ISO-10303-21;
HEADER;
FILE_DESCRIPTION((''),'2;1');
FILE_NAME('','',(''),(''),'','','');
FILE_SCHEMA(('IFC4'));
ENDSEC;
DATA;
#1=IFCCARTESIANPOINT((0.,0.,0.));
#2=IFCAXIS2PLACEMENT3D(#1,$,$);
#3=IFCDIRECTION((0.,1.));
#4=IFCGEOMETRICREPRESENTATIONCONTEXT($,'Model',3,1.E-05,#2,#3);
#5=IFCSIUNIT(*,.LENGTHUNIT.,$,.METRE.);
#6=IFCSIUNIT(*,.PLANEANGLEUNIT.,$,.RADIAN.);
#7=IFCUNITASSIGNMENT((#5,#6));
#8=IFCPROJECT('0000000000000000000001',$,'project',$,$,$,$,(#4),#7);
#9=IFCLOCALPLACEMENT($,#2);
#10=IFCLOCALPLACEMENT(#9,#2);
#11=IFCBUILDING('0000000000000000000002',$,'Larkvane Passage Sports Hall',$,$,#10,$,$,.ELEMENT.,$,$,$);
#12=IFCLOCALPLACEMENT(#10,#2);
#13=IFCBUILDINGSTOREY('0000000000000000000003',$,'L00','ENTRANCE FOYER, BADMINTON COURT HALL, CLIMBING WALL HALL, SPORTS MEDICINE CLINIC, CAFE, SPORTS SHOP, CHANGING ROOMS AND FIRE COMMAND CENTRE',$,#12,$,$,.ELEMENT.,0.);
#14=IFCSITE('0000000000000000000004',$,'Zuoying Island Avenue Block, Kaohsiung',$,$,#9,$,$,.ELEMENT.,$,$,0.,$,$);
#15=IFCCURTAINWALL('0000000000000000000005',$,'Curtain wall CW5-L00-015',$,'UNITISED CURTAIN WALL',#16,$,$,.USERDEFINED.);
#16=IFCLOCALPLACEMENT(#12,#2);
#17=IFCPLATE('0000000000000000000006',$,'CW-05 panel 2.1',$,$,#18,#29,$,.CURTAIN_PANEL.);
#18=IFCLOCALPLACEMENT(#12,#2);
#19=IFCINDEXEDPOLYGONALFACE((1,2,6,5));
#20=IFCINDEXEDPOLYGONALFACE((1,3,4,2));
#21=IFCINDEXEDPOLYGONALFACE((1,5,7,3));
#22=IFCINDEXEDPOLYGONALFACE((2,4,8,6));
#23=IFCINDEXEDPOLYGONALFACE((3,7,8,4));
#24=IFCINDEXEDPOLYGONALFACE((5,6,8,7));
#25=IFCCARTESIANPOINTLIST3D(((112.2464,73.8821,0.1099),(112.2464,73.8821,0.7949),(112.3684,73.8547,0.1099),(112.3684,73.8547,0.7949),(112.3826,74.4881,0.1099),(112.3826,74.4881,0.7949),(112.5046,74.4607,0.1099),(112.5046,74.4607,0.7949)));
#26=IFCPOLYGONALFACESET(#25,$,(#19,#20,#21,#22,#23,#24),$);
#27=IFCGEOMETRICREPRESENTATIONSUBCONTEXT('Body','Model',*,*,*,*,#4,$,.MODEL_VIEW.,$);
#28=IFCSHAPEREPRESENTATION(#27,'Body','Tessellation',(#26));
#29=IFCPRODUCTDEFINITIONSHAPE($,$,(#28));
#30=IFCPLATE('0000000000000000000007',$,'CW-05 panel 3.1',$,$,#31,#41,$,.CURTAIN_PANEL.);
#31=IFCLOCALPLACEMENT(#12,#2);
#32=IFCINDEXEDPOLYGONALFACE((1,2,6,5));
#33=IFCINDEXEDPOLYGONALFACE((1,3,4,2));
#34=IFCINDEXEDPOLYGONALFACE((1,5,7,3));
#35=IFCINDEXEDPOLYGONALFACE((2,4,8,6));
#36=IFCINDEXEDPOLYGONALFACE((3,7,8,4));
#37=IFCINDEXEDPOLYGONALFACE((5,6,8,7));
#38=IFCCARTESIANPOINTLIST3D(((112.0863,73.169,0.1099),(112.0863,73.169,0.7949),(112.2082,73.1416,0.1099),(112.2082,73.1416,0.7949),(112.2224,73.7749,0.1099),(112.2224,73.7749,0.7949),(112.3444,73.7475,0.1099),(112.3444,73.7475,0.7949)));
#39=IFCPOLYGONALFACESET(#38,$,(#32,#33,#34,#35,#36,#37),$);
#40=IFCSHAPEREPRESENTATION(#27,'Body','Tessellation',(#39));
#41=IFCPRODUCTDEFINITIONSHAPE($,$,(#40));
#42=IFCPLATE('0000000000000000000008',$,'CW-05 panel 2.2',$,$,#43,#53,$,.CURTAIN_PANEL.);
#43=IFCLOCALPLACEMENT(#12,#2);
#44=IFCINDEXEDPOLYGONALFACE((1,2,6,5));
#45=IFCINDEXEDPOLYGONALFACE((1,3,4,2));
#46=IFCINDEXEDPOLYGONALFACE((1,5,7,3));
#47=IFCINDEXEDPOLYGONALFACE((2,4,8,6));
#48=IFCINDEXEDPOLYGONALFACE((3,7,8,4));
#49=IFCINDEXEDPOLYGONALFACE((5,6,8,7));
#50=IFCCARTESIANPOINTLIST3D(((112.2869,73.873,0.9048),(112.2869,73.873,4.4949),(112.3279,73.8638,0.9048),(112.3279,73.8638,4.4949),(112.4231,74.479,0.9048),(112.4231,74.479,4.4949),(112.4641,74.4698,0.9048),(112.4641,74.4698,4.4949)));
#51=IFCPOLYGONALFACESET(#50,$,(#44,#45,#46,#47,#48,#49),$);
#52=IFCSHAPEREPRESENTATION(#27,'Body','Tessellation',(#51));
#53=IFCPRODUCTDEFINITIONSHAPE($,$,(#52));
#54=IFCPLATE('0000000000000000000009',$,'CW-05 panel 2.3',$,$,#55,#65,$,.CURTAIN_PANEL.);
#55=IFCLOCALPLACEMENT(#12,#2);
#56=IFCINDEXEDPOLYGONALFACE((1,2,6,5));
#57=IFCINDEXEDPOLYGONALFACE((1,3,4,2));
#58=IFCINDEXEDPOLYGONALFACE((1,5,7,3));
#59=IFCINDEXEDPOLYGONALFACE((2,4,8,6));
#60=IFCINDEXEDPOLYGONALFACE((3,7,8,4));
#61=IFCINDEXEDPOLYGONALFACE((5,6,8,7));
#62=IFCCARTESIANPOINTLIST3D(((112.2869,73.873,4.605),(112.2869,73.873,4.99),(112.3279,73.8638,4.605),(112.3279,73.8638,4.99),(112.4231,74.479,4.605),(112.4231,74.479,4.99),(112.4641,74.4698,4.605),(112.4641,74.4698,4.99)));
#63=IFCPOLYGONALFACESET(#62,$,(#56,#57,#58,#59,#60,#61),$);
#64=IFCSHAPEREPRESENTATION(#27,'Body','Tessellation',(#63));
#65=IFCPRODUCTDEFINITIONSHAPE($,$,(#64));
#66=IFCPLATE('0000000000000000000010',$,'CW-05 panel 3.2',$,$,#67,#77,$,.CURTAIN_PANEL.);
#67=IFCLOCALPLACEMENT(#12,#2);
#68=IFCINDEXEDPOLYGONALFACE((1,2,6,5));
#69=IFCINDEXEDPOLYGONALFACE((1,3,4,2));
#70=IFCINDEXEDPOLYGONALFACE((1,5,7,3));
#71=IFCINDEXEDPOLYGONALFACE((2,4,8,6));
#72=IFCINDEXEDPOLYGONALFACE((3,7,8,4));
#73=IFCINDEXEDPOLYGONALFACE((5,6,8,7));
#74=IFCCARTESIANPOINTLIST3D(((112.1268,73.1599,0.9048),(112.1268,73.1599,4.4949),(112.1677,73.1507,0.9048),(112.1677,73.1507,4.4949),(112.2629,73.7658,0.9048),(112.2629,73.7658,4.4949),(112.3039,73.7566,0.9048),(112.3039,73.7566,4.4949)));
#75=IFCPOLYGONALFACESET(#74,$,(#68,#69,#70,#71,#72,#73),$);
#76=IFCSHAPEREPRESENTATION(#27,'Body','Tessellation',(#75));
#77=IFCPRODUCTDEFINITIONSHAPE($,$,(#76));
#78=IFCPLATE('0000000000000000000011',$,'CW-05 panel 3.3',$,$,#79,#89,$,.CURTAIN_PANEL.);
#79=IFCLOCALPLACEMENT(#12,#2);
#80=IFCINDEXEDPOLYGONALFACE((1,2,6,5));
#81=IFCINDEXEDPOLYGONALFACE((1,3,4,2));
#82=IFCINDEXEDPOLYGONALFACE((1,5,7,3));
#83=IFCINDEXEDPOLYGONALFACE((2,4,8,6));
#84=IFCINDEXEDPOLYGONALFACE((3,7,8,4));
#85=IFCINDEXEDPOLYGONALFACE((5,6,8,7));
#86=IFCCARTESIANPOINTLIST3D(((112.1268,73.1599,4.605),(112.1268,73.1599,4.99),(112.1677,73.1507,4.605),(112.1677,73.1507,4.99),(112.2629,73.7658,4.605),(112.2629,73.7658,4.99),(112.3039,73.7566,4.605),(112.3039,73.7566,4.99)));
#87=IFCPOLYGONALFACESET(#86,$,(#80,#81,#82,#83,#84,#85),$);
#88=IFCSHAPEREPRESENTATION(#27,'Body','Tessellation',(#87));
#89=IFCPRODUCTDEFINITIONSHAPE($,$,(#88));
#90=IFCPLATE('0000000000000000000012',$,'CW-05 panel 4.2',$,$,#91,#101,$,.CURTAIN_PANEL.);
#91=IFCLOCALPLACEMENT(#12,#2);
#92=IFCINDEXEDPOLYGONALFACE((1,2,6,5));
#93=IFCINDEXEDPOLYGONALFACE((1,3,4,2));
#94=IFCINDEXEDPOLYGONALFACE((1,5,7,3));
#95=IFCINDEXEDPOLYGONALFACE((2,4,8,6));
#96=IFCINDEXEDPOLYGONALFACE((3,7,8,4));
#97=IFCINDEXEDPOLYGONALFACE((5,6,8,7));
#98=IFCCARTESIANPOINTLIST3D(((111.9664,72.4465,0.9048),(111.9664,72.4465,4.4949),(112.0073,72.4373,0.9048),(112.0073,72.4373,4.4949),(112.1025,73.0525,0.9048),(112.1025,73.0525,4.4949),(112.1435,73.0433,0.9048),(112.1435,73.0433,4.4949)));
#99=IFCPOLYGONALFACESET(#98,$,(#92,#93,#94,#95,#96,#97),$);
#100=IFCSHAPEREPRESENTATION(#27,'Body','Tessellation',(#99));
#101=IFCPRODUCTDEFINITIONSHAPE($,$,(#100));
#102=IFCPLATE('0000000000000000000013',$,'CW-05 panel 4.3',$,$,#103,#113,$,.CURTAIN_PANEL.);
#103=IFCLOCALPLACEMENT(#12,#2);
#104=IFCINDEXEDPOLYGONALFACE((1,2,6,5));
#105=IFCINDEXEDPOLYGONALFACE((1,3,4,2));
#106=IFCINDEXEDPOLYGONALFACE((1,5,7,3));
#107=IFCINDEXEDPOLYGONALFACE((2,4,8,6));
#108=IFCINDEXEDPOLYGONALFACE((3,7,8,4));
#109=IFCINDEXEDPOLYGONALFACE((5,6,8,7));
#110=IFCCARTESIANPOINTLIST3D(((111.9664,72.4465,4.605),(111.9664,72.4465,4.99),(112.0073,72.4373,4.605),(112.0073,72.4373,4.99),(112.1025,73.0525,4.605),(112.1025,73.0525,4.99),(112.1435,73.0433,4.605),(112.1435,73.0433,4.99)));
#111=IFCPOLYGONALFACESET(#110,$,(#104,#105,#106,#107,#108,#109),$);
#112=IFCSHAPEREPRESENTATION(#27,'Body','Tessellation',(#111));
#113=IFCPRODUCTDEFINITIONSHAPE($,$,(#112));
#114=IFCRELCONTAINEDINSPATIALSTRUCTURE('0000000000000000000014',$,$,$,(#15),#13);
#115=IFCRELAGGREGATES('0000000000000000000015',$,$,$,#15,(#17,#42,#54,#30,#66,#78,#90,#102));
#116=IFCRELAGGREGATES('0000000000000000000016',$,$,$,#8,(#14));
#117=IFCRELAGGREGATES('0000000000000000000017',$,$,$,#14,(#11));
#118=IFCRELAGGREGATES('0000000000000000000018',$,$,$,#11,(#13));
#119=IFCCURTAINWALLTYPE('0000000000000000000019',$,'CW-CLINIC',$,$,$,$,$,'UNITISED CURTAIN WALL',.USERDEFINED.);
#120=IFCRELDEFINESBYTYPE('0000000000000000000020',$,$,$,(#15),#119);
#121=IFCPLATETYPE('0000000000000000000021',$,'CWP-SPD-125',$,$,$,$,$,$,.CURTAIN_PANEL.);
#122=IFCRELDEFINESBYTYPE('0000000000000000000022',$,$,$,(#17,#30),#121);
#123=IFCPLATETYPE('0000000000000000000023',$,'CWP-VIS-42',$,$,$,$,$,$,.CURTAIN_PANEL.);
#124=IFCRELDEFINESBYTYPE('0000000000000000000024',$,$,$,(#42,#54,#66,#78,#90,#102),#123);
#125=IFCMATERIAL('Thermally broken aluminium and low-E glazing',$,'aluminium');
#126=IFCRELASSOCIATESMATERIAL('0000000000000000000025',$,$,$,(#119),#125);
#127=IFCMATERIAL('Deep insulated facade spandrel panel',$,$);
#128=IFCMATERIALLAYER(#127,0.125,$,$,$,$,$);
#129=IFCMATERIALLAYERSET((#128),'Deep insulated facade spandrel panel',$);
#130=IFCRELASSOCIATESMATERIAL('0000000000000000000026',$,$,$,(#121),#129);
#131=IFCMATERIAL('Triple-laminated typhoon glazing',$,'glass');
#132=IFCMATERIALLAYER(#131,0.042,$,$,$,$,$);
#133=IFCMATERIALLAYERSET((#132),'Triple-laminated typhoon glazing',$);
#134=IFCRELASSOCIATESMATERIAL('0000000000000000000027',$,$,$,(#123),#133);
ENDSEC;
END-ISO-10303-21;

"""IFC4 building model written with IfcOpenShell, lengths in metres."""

from ifc_helpers import new_model, si_unit, direction, frame, origin, origin_2d, place, context, subcontext, project, spatial, rectangle, extrude, material, layer, layer_set, type_object, element, aggregate, save


model = new_model("IFC4")

# Units and contexts
model_context = context("Model", 3, precision=1e-05, world=origin(), true_north=direction((0.0, 1.0)))
body_context = subcontext(model_context, "Body", "Model", "MODEL_VIEW")
ifc_project = project(units=[si_unit("LENGTHUNIT", "METRE"), si_unit("PLANEANGLEUNIT", "RADIAN")], contexts=[model_context])

# Site, building, storey
site_placement = place(None, origin())
site = spatial("IfcSite", under=ifc_project, at=site_placement, Name="Zuoying Island Avenue Block, Kaohsiung", CompositionType="ELEMENT", RefElevation=0.0)
building_placement = place(site_placement, origin())
building = spatial("IfcBuilding", under=site, at=building_placement, Name="Larkvane Passage Sports Hall", CompositionType="ELEMENT")
storey_placement = place(building_placement, origin())
storey = spatial("IfcBuildingStorey", under=building, at=storey_placement, Name="L00", Description="ENTRANCE FOYER, BADMINTON COURT HALL, CLIMBING WALL HALL, SPORTS MEDICINE CLINIC, CAFE, SPORTS SHOP, CHANGING ROOMS AND FIRE COMMAND CENTRE", CompositionType="ELEMENT", Elevation=0.0)

# Curtain wall, plates
ifc_material_1 = material(Name="Thermally broken aluminium and low-E glazing", Category="aluminium")
curtain_wall_type = type_object("IfcCurtainWallType", Name="CW-CLINIC", ElementType="UNITISED CURTAIN WALL", PredefinedType="USERDEFINED", material=ifc_material_1)
curtain_wall_placement = place(storey_placement, origin())
curtain_wall = element("IfcCurtainWall", 1, at=curtain_wall_placement, inside=storey, type_object=curtain_wall_type, Name="Curtain wall CW5-L00-015", ObjectType="UNITISED CURTAIN WALL", PredefinedType="USERDEFINED")
ifc_material_2 = material(Name="Deep insulated facade spandrel panel")
ifc_layer_1 = layer(ifc_material_2, 0.125)
ifc_layer_set_1 = layer_set([ifc_layer_1], Name="Deep insulated facade spandrel panel")
plate_type_1 = type_object("IfcPlateType", Name="CWP-SPD-125", PredefinedType="CURTAIN_PANEL", material=ifc_layer_set_1)
plate_1_placement = place(storey_placement, frame((112.3755, 74.1714, 0.1099), z_axis=(0.0, 0.0, 1.0), x_axis=(-0.219244, -0.97567, 0.0)))
plate_1 = element("IfcPlate", 2, at=plate_1_placement, type_object=plate_type_1, Name="CW-05 panel 2.1", PredefinedType="CURTAIN_PANEL", context=body_context, shape_type="SweptSolid", body=[
    extrude(rectangle(XDim=0.6211, YDim=0.125, at=origin_2d()), origin(), (0.0, 0.0, 1.0), 0.6851),
])
plate_2_placement = place(storey_placement, frame((112.2153, 73.4583, 0.1099), z_axis=(0.0, 0.0, 1.0), x_axis=(-0.219244, -0.97567, 0.0)))
plate_2 = element("IfcPlate", 3, at=plate_2_placement, type_object=plate_type_1, Name="CW-05 panel 3.1", PredefinedType="CURTAIN_PANEL", context=body_context, shape_type="SweptSolid", body=[
    extrude(rectangle(XDim=0.6211, YDim=0.125, at=origin_2d()), origin(), (0.0, 0.0, 1.0), 0.6851),
])
ifc_material_3 = material(Name="Triple-laminated typhoon glazing", Category="glass")
ifc_layer_2 = layer(ifc_material_3, 0.042)
ifc_layer_set_2 = layer_set([ifc_layer_2], Name="Triple-laminated typhoon glazing")
plate_type_2 = type_object("IfcPlateType", Name="CWP-VIS-42", PredefinedType="CURTAIN_PANEL", material=ifc_layer_set_2)
plate_3_placement = place(storey_placement, frame((112.3755, 74.1714, 0.9048), z_axis=(0.0, 0.0, 1.0), x_axis=(-0.219244, -0.97567, 0.0)))
plate_3 = element("IfcPlate", 4, at=plate_3_placement, type_object=plate_type_2, Name="CW-05 panel 2.2", PredefinedType="CURTAIN_PANEL", context=body_context, shape_type="SweptSolid", body=[
    extrude(rectangle(XDim=0.6211, YDim=0.042, at=origin_2d()), origin(), (0.0, 0.0, 1.0), 3.5901),
])
plate_4_placement = place(storey_placement, frame((112.3755, 74.1714, 4.605), z_axis=(0.0, 0.0, 1.0), x_axis=(-0.219244, -0.97567, 0.0)))
plate_4 = element("IfcPlate", 5, at=plate_4_placement, type_object=plate_type_2, Name="CW-05 panel 2.3", PredefinedType="CURTAIN_PANEL", context=body_context, shape_type="SweptSolid", body=[
    extrude(rectangle(XDim=0.6211, YDim=0.042, at=origin_2d()), origin(), (0.0, 0.0, 1.0), 0.385),
])
plate_5_placement = place(storey_placement, frame((112.2153, 73.4583, 0.9048), z_axis=(0.0, 0.0, 1.0), x_axis=(-0.219244, -0.97567, 0.0)))
plate_5 = element("IfcPlate", 6, at=plate_5_placement, type_object=plate_type_2, Name="CW-05 panel 3.2", PredefinedType="CURTAIN_PANEL", context=body_context, shape_type="SweptSolid", body=[
    extrude(rectangle(XDim=0.6211, YDim=0.042, at=origin_2d()), origin(), (0.0, 0.0, 1.0), 3.5901),
])
plate_6_placement = place(storey_placement, frame((112.2153, 73.4583, 4.605), z_axis=(0.0, 0.0, 1.0), x_axis=(-0.219244, -0.97567, 0.0)))
plate_6 = element("IfcPlate", 7, at=plate_6_placement, type_object=plate_type_2, Name="CW-05 panel 3.3", PredefinedType="CURTAIN_PANEL", context=body_context, shape_type="SweptSolid", body=[
    extrude(rectangle(XDim=0.6211, YDim=0.042, at=origin_2d()), origin(), (0.0, 0.0, 1.0), 0.385),
])
plate_7_placement = place(storey_placement, frame((112.0549, 72.7449, 0.9048), z_axis=(0.0, 0.0, 1.0), x_axis=(-0.219244, -0.97567, 0.0)))
plate_7 = element("IfcPlate", 8, at=plate_7_placement, type_object=plate_type_2, Name="CW-05 panel 4.2", PredefinedType="CURTAIN_PANEL", context=body_context, shape_type="SweptSolid", body=[
    extrude(rectangle(XDim=0.6211, YDim=0.042, at=origin_2d()), origin(), (0.0, 0.0, 1.0), 3.5901),
])
plate_8_placement = place(storey_placement, frame((112.0549, 72.7449, 4.605), z_axis=(0.0, 0.0, 1.0), x_axis=(-0.219244, -0.97567, 0.0)))
plate_8 = element("IfcPlate", 9, at=plate_8_placement, type_object=plate_type_2, Name="CW-05 panel 4.3", PredefinedType="CURTAIN_PANEL", context=body_context, shape_type="SweptSolid", body=[
    extrude(rectangle(XDim=0.6211, YDim=0.042, at=origin_2d()), origin(), (0.0, 0.0, 1.0), 0.385),
])
aggregate(curtain_wall, [plate_1, plate_3, plate_4, plate_2, plate_5, plate_6, plate_7, plate_8])

save(model, "model.ifc")
